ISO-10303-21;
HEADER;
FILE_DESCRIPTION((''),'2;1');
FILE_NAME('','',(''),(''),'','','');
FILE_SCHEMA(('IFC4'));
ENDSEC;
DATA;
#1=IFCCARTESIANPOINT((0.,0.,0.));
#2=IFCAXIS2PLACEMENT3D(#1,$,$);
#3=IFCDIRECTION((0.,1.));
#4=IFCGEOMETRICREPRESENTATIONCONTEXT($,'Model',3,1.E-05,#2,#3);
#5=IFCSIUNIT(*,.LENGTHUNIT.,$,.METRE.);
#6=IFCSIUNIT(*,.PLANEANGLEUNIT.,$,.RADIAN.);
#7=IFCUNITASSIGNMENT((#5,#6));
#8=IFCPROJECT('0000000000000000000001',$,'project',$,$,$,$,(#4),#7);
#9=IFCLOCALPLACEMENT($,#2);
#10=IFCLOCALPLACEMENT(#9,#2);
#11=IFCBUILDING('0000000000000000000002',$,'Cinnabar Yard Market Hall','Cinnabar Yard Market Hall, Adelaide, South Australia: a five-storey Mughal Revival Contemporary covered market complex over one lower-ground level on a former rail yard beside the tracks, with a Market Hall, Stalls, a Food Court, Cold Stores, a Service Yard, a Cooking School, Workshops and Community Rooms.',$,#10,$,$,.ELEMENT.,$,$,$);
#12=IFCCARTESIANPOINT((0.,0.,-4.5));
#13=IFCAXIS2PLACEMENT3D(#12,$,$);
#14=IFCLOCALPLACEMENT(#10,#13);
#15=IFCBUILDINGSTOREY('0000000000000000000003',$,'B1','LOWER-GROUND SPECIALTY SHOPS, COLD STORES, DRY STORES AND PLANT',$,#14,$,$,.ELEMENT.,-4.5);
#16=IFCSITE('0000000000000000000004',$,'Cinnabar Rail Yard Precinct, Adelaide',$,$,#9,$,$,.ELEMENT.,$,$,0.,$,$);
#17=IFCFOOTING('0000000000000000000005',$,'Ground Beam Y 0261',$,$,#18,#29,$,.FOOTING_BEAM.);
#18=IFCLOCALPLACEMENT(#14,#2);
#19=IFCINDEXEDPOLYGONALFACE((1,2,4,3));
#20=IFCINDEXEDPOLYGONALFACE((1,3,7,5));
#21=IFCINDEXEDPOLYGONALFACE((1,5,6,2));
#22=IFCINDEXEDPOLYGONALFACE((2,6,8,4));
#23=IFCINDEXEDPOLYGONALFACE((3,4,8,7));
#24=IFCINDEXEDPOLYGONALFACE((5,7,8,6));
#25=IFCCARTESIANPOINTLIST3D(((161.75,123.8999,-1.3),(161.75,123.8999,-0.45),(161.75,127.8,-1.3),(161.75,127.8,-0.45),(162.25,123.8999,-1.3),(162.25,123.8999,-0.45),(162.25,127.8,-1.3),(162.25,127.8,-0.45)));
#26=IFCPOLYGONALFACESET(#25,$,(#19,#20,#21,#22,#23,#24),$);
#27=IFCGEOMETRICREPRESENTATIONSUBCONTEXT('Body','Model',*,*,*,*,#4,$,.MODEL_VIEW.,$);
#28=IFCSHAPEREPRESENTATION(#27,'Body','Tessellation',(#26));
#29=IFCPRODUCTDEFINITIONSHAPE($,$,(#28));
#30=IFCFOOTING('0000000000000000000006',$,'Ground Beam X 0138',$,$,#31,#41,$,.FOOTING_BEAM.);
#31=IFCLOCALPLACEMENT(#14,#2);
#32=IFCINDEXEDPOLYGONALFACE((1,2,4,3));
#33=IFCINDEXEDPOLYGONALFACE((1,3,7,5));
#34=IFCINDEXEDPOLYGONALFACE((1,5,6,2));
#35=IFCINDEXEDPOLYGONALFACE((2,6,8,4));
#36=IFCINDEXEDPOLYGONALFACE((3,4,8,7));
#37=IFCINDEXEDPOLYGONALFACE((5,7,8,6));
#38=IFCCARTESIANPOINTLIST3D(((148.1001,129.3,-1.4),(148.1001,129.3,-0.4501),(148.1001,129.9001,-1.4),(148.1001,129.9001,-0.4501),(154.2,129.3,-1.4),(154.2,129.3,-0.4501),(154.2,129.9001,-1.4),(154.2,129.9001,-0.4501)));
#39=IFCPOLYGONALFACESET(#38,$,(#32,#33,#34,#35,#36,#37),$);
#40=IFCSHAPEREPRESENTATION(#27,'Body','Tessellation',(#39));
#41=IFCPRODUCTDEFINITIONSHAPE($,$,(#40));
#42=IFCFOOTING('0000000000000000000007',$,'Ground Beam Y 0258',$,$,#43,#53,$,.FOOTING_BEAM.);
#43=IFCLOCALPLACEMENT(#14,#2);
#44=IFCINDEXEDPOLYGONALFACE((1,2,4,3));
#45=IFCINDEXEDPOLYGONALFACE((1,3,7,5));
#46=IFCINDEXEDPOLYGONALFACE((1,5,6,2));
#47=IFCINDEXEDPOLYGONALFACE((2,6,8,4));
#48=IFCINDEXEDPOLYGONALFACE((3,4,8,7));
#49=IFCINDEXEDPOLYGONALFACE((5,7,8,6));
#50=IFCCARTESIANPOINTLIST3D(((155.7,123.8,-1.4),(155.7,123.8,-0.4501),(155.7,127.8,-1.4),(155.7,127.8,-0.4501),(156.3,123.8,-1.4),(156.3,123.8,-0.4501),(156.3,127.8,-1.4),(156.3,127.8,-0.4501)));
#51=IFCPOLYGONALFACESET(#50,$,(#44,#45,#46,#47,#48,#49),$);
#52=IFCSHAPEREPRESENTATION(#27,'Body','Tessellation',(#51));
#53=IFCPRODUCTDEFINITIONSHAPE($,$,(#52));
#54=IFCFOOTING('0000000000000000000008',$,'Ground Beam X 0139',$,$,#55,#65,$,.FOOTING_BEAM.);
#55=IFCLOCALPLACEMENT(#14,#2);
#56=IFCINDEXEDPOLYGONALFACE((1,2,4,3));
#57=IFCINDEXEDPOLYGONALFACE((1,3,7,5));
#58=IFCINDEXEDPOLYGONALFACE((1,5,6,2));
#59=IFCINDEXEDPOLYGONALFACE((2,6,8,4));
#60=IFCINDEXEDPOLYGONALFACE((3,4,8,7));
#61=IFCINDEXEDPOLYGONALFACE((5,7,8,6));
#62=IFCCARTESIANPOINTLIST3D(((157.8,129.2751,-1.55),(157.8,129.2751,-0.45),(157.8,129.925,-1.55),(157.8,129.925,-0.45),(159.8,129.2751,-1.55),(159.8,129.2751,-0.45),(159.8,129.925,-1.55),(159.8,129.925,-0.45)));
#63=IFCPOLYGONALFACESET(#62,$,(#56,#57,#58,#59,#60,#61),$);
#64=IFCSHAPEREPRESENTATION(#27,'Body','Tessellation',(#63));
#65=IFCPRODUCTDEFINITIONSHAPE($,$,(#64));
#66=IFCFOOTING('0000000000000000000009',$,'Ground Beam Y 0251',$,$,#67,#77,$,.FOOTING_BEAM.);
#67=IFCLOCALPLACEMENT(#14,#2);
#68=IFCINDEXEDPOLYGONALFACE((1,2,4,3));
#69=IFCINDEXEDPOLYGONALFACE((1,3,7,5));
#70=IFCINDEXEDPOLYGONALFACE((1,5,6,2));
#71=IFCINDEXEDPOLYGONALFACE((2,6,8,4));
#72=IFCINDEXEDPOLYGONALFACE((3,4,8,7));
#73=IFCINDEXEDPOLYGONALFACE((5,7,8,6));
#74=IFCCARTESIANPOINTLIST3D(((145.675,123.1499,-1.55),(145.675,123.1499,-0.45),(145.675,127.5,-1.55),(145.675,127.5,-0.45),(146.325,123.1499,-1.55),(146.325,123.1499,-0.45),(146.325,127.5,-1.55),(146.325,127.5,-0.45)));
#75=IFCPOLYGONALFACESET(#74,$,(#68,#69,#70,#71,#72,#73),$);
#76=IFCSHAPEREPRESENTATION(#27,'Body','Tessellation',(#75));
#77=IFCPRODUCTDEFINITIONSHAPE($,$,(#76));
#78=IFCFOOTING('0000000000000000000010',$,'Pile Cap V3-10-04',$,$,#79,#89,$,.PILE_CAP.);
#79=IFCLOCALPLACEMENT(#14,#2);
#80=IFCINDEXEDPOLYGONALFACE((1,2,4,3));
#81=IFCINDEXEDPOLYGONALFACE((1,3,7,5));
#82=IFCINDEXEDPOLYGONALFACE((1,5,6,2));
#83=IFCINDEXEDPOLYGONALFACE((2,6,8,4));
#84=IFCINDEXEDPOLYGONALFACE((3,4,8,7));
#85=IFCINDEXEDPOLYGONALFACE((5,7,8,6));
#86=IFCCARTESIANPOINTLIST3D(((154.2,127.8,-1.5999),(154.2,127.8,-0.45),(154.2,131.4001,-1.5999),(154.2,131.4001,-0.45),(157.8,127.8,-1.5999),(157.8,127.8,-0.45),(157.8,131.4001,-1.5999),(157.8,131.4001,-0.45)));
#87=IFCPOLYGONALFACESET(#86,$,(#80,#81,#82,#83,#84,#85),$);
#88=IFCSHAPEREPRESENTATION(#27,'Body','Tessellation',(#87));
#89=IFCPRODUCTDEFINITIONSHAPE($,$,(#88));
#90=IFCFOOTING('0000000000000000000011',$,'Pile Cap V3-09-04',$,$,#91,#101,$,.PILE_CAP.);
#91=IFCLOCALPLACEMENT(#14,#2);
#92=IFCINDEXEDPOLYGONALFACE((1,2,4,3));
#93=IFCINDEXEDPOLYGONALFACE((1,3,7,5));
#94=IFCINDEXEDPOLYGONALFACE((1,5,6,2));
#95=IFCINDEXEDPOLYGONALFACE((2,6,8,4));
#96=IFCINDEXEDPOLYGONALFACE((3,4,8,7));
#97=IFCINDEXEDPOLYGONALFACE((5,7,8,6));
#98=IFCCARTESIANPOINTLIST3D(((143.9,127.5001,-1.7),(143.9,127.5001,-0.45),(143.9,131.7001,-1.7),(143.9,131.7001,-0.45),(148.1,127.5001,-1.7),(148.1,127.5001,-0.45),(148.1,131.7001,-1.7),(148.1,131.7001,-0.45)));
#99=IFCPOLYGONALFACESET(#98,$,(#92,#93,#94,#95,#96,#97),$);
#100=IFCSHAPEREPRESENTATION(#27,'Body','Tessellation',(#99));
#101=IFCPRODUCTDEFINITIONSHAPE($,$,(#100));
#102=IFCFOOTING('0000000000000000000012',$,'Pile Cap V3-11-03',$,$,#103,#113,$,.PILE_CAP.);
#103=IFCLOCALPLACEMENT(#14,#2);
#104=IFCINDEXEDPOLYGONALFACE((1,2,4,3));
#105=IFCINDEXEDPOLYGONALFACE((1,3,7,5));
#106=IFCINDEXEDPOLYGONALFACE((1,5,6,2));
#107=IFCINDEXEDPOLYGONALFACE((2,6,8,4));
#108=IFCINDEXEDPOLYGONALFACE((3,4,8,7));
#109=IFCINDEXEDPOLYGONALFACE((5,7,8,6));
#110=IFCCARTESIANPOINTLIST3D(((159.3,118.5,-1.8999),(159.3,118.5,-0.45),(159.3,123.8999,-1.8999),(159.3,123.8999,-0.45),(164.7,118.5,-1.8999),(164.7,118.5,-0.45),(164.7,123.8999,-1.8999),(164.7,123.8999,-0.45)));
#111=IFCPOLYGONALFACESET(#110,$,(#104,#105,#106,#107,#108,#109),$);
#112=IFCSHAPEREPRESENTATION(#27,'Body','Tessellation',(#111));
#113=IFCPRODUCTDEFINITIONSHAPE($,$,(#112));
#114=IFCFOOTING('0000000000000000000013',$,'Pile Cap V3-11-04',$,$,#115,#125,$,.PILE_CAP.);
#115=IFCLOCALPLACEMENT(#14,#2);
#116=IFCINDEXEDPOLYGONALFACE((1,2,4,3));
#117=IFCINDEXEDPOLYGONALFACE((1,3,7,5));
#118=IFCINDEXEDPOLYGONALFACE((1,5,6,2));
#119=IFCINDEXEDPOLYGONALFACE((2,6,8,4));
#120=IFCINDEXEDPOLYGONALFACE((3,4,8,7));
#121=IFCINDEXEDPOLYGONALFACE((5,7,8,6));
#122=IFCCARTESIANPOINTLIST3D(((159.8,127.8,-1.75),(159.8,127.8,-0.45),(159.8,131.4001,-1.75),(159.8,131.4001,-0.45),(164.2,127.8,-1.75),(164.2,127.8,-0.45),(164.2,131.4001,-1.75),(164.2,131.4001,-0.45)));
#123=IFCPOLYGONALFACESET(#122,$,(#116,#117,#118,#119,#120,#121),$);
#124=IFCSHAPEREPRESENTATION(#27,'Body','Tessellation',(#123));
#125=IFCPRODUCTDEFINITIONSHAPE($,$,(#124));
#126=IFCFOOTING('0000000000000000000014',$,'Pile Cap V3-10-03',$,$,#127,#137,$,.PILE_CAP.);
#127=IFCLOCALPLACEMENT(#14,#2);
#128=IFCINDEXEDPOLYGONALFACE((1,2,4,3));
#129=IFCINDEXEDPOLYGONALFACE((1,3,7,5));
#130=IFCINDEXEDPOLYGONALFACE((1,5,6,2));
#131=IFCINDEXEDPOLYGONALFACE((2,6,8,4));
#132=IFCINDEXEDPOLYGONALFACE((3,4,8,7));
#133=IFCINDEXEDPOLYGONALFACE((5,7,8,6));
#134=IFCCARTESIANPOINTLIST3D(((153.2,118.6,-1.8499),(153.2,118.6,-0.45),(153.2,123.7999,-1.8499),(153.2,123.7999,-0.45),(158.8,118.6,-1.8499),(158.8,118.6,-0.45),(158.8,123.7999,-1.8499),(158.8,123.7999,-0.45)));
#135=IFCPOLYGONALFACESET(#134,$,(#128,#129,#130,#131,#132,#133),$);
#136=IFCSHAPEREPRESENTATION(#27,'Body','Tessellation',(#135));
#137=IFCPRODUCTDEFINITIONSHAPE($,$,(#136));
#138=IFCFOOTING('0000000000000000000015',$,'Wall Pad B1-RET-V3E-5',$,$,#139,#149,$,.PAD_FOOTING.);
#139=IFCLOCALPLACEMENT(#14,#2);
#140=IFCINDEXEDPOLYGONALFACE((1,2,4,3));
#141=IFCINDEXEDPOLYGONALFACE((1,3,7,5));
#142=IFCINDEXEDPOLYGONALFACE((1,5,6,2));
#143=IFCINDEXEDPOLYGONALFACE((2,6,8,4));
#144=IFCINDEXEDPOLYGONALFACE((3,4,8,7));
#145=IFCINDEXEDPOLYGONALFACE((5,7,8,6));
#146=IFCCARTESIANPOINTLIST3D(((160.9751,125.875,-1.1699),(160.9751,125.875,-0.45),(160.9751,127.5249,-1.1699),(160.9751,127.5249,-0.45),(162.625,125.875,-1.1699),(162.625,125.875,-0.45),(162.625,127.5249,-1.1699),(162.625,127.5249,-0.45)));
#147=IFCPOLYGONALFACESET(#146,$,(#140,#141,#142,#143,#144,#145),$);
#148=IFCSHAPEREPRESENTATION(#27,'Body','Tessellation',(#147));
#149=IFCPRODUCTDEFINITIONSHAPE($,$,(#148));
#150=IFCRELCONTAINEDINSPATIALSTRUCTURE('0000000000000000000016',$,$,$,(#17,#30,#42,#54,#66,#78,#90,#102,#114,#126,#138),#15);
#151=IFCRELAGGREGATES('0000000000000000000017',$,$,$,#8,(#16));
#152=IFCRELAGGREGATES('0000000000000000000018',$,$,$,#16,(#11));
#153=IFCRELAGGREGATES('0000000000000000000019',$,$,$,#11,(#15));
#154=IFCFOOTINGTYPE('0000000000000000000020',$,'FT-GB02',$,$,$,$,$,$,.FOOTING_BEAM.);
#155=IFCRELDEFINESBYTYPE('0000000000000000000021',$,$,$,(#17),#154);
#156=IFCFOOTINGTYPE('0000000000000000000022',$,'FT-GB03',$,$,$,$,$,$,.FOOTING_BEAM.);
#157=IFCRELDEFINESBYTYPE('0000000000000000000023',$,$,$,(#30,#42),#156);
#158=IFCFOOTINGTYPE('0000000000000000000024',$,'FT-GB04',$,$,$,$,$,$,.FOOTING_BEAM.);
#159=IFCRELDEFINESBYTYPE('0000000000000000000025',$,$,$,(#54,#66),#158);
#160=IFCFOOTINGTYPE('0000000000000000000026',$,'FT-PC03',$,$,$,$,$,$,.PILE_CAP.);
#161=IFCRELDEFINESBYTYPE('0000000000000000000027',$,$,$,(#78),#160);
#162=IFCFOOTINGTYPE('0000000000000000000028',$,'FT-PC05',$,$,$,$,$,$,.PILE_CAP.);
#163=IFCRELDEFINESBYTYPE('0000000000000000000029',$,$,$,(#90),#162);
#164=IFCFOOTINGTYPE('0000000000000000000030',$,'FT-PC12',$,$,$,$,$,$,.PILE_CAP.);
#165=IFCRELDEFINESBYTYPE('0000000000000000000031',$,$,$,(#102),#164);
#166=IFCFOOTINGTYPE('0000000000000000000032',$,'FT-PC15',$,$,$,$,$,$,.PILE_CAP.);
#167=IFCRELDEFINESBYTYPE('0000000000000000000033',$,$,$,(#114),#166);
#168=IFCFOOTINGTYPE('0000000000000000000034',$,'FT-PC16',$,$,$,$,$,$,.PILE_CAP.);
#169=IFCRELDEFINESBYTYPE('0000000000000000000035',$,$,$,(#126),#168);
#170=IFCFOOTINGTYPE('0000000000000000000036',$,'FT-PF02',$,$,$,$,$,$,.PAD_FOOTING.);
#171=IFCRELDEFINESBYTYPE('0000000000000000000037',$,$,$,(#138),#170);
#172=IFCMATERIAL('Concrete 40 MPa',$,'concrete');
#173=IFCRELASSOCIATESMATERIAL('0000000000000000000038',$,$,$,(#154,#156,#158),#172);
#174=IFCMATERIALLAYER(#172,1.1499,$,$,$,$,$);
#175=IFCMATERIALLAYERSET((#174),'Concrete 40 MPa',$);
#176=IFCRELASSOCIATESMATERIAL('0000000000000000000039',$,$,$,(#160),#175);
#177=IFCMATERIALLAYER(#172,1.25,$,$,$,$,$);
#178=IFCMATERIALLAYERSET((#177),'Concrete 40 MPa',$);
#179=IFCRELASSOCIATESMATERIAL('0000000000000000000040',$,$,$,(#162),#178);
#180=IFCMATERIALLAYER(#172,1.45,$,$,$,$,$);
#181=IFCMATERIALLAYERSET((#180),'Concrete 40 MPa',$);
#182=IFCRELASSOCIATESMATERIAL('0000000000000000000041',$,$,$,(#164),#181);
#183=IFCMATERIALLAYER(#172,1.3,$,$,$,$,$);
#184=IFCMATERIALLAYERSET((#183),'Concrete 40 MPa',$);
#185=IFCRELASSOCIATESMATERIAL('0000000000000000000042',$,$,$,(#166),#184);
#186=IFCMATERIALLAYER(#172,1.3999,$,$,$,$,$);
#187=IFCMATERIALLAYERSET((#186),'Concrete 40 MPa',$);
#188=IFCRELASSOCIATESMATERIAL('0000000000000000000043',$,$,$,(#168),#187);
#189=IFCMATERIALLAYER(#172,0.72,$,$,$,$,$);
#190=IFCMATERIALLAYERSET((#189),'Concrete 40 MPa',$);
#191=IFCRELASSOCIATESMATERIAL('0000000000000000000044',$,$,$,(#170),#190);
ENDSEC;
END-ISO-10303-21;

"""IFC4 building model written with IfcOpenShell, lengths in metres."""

from ifc_helpers import new_model, si_unit, direction, frame, origin, origin_2d_with_axis, place, context, subcontext, project, spatial, rectangle, extrude, material, layer, layer_set, material_profile, profile_set, type_object, element, save


model = new_model("IFC4")

# Units and contexts
model_context = context("Model", 3, precision=1e-05, world=origin(), true_north=direction((0.0, 1.0)))
body_context = subcontext(model_context, "Body", "Model", "MODEL_VIEW")
ifc_project = project(units=[si_unit("LENGTHUNIT", "METRE"), si_unit("PLANEANGLEUNIT", "RADIAN")], contexts=[model_context])

# Site, building, storey
site_placement = place(None, origin())
site = spatial("IfcSite", under=ifc_project, at=site_placement, Name="Cinnabar Rail Yard Precinct, Adelaide", CompositionType="ELEMENT", RefElevation=0.0)
building_placement = place(site_placement, origin())
building = spatial("IfcBuilding", under=site, at=building_placement, Name="Cinnabar Yard Market Hall", Description="Cinnabar Yard Market Hall, Adelaide, South Australia: a five-storey Mughal Revival Contemporary covered market complex over one lower-ground level on a former rail yard beside the tracks, with a Market Hall, Stalls, a Food Court, Cold Stores, a Service Yard, a Cooking School, Workshops and Community Rooms.", CompositionType="ELEMENT")
storey_placement = place(building_placement, frame((0.0, 0.0, -4.5)))
storey = spatial("IfcBuildingStorey", under=building, at=storey_placement, Name="B1", Description="LOWER-GROUND SPECIALTY SHOPS, COLD STORES, DRY STORES AND PLANT", CompositionType="ELEMENT", Elevation=-4.5)

# Footings
ifc_material_1 = material(Name="Concrete 40 MPa", Category="concrete")
ifc_material_profile_1 = material_profile(ifc_material_1, rectangle(XDim=0.5, YDim=0.8501, at=origin_2d_with_axis()), Name="GB-500x850")
ifc_profile_set_1 = profile_set([ifc_material_profile_1], Name="Concrete 40 MPa")
footing_type_1 = type_object("IfcFootingType", Name="FT-GB02", PredefinedType="FOOTING_BEAM", material=ifc_profile_set_1)
footing_1_placement = place(storey_placement, frame((162.0, 123.8999, -0.875), z_axis=(0.0, 1.0, 0.0), x_axis=(-1.0, 0.0, 0.0)))
element("IfcFooting", 1, at=footing_1_placement, inside=storey, type_object=footing_type_1, Name="Ground Beam Y 0261", PredefinedType="FOOTING_BEAM", context=body_context, shape_type="SweptSolid", body=[
    extrude(rectangle(XDim=0.5, YDim=0.8501, at=origin_2d_with_axis()), origin(), (0.0, 0.0, 1.0), 3.9001),
])
ifc_material_profile_2 = material_profile(ifc_material_1, rectangle(XDim=0.6001, YDim=0.95, at=origin_2d_with_axis()), Name="GB-600x950")
ifc_profile_set_2 = profile_set([ifc_material_profile_2], Name="Concrete 40 MPa")
footing_type_2 = type_object("IfcFootingType", Name="FT-GB03", PredefinedType="FOOTING_BEAM", material=ifc_profile_set_2)
footing_2_placement = place(storey_placement, frame((148.1001, 129.6001, -0.925), z_axis=(1.0, 0.0, 0.0), x_axis=(0.0, 1.0, 0.0)))
element("IfcFooting", 2, at=footing_2_placement, inside=storey, type_object=footing_type_2, Name="Ground Beam X 0138", PredefinedType="FOOTING_BEAM", context=body_context, shape_type="SweptSolid", body=[
    extrude(rectangle(XDim=0.6001, YDim=0.95, at=origin_2d_with_axis()), origin(), (0.0, 0.0, 1.0), 6.0999),
])
footing_3_placement = place(storey_placement, frame((156.0, 123.8, -0.925), z_axis=(0.0, 1.0, 0.0), x_axis=(-1.0, 0.0, 0.0)))
element("IfcFooting", 3, at=footing_3_placement, inside=storey, type_object=footing_type_2, Name="Ground Beam Y 0258", PredefinedType="FOOTING_BEAM", context=body_context, shape_type="SweptSolid", body=[
    extrude(rectangle(XDim=0.6001, YDim=0.95, at=origin_2d_with_axis()), origin(), (0.0, 0.0, 1.0), 4.0),
])
ifc_material_profile_3 = material_profile(ifc_material_1, rectangle(XDim=0.6499, YDim=1.1001, at=origin_2d_with_axis()), Name="GB-650x1100")
ifc_profile_set_3 = profile_set([ifc_material_profile_3], Name="Concrete 40 MPa")
footing_type_3 = type_object("IfcFootingType", Name="FT-GB04", PredefinedType="FOOTING_BEAM", material=ifc_profile_set_3)
footing_4_placement = place(storey_placement, frame((157.8, 129.6001, -1.0), z_axis=(1.0, 0.0, 0.0), x_axis=(0.0, 1.0, 0.0)))
element("IfcFooting", 4, at=footing_4_placement, inside=storey, type_object=footing_type_3, Name="Ground Beam X 0139", PredefinedType="FOOTING_BEAM", context=body_context, shape_type="SweptSolid", body=[
    extrude(rectangle(XDim=0.6499, YDim=1.1001, at=origin_2d_with_axis()), origin(), (0.0, 0.0, 1.0), 2.0),
])
footing_5_placement = place(storey_placement, frame((146.0, 123.1499, -1.0), z_axis=(0.0, 1.0, 0.0), x_axis=(-1.0, 0.0, 0.0)))
element("IfcFooting", 5, at=footing_5_placement, inside=storey, type_object=footing_type_3, Name="Ground Beam Y 0251", PredefinedType="FOOTING_BEAM", context=body_context, shape_type="SweptSolid", body=[
    extrude(rectangle(XDim=0.6499, YDim=1.1001, at=origin_2d_with_axis()), origin(), (0.0, 0.0, 1.0), 4.3501),
])
ifc_layer_1 = layer(ifc_material_1, 1.1499)
ifc_layer_set_1 = layer_set([ifc_layer_1], Name="Concrete 40 MPa")
footing_type_4 = type_object("IfcFootingType", Name="FT-PC03", PredefinedType="PILE_CAP", material=ifc_layer_set_1)
footing_6_placement = place(storey_placement, frame((156.0, 129.6001, -1.5999), z_axis=(0.0, 0.0, 1.0), x_axis=(1.0, 0.0, 0.0)))
element("IfcFooting", 6, at=footing_6_placement, inside=storey, type_object=footing_type_4, Name="Pile Cap V3-10-04", PredefinedType="PILE_CAP", context=body_context, shape_type="SweptSolid", body=[
    extrude(rectangle(XDim=3.6001, YDim=3.6001, at=origin_2d_with_axis()), origin(), (0.0, 0.0, 1.0), 1.1499),
])
ifc_layer_2 = layer(ifc_material_1, 1.25)
ifc_layer_set_2 = layer_set([ifc_layer_2], Name="Concrete 40 MPa")
footing_type_5 = type_object("IfcFootingType", Name="FT-PC05", PredefinedType="PILE_CAP", material=ifc_layer_set_2)
footing_7_placement = place(storey_placement, frame((146.0, 129.6001, -1.7), z_axis=(0.0, 0.0, 1.0), x_axis=(1.0, 0.0, 0.0)))
element("IfcFooting", 7, at=footing_7_placement, inside=storey, type_object=footing_type_5, Name="Pile Cap V3-09-04", PredefinedType="PILE_CAP", context=body_context, shape_type="SweptSolid", body=[
    extrude(rectangle(XDim=4.2, YDim=4.2, at=origin_2d_with_axis()), origin(), (0.0, 0.0, 1.0), 1.25),
])
ifc_layer_3 = layer(ifc_material_1, 1.45)
ifc_layer_set_3 = layer_set([ifc_layer_3], Name="Concrete 40 MPa")
footing_type_6 = type_object("IfcFootingType", Name="FT-PC12", PredefinedType="PILE_CAP", material=ifc_layer_set_3)
footing_8_placement = place(storey_placement, frame((162.0, 121.2, -1.8999), z_axis=(0.0, 0.0, 1.0), x_axis=(1.0, 0.0, 0.0)))
element("IfcFooting", 8, at=footing_8_placement, inside=storey, type_object=footing_type_6, Name="Pile Cap V3-11-03", PredefinedType="PILE_CAP", context=body_context, shape_type="SweptSolid", body=[
    extrude(rectangle(XDim=5.3999, YDim=5.3999, at=origin_2d_with_axis()), origin(), (0.0, 0.0, 1.0), 1.45),
])
ifc_layer_4 = layer(ifc_material_1, 1.3)
ifc_layer_set_4 = layer_set([ifc_layer_4], Name="Concrete 40 MPa")
footing_type_7 = type_object("IfcFootingType", Name="FT-PC15", PredefinedType="PILE_CAP", material=ifc_layer_set_4)
footing_9_placement = place(storey_placement, frame((162.0, 129.6001, -1.75), z_axis=(0.0, 0.0, 1.0), x_axis=(1.0, 0.0, 0.0)))
element("IfcFooting", 9, at=footing_9_placement, inside=storey, type_object=footing_type_7, Name="Pile Cap V3-11-04", PredefinedType="PILE_CAP", context=body_context, shape_type="SweptSolid", body=[
    extrude(rectangle(XDim=4.3999, YDim=3.6001, at=origin_2d_with_axis()), origin(), (0.0, 0.0, 1.0), 1.3),
])
ifc_layer_5 = layer(ifc_material_1, 1.3999)
ifc_layer_set_5 = layer_set([ifc_layer_5], Name="Concrete 40 MPa")
footing_type_8 = type_object("IfcFootingType", Name="FT-PC16", PredefinedType="PILE_CAP", material=ifc_layer_set_5)
footing_10_placement = place(storey_placement, frame((156.0, 121.2, -1.8499), z_axis=(0.0, 0.0, 1.0), x_axis=(1.0, 0.0, 0.0)))
element("IfcFooting", 10, at=footing_10_placement, inside=storey, type_object=footing_type_8, Name="Pile Cap V3-10-03", PredefinedType="PILE_CAP", context=body_context, shape_type="SweptSolid", body=[
    extrude(rectangle(XDim=5.6001, YDim=5.2, at=origin_2d_with_axis()), origin(), (0.0, 0.0, 1.0), 1.3999),
])
ifc_layer_6 = layer(ifc_material_1, 0.72)
ifc_layer_set_6 = layer_set([ifc_layer_6], Name="Concrete 40 MPa")
footing_type_9 = type_object("IfcFootingType", Name="FT-PF02", PredefinedType="PAD_FOOTING", material=ifc_layer_set_6)
footing_11_placement = place(storey_placement, frame((161.8, 126.7, -1.1699), z_axis=(0.0, 0.0, 1.0), x_axis=(1.0, 0.0, 0.0)))
element("IfcFooting", 11, at=footing_11_placement, inside=storey, type_object=footing_type_9, Name="Wall Pad B1-RET-V3E-5", PredefinedType="PAD_FOOTING", context=body_context, shape_type="SweptSolid", body=[
    extrude(rectangle(XDim=1.6499, YDim=1.6499, at=origin_2d_with_axis()), origin(), (0.0, 0.0, 1.0), 0.72),
])

save(model, "model.ifc")
